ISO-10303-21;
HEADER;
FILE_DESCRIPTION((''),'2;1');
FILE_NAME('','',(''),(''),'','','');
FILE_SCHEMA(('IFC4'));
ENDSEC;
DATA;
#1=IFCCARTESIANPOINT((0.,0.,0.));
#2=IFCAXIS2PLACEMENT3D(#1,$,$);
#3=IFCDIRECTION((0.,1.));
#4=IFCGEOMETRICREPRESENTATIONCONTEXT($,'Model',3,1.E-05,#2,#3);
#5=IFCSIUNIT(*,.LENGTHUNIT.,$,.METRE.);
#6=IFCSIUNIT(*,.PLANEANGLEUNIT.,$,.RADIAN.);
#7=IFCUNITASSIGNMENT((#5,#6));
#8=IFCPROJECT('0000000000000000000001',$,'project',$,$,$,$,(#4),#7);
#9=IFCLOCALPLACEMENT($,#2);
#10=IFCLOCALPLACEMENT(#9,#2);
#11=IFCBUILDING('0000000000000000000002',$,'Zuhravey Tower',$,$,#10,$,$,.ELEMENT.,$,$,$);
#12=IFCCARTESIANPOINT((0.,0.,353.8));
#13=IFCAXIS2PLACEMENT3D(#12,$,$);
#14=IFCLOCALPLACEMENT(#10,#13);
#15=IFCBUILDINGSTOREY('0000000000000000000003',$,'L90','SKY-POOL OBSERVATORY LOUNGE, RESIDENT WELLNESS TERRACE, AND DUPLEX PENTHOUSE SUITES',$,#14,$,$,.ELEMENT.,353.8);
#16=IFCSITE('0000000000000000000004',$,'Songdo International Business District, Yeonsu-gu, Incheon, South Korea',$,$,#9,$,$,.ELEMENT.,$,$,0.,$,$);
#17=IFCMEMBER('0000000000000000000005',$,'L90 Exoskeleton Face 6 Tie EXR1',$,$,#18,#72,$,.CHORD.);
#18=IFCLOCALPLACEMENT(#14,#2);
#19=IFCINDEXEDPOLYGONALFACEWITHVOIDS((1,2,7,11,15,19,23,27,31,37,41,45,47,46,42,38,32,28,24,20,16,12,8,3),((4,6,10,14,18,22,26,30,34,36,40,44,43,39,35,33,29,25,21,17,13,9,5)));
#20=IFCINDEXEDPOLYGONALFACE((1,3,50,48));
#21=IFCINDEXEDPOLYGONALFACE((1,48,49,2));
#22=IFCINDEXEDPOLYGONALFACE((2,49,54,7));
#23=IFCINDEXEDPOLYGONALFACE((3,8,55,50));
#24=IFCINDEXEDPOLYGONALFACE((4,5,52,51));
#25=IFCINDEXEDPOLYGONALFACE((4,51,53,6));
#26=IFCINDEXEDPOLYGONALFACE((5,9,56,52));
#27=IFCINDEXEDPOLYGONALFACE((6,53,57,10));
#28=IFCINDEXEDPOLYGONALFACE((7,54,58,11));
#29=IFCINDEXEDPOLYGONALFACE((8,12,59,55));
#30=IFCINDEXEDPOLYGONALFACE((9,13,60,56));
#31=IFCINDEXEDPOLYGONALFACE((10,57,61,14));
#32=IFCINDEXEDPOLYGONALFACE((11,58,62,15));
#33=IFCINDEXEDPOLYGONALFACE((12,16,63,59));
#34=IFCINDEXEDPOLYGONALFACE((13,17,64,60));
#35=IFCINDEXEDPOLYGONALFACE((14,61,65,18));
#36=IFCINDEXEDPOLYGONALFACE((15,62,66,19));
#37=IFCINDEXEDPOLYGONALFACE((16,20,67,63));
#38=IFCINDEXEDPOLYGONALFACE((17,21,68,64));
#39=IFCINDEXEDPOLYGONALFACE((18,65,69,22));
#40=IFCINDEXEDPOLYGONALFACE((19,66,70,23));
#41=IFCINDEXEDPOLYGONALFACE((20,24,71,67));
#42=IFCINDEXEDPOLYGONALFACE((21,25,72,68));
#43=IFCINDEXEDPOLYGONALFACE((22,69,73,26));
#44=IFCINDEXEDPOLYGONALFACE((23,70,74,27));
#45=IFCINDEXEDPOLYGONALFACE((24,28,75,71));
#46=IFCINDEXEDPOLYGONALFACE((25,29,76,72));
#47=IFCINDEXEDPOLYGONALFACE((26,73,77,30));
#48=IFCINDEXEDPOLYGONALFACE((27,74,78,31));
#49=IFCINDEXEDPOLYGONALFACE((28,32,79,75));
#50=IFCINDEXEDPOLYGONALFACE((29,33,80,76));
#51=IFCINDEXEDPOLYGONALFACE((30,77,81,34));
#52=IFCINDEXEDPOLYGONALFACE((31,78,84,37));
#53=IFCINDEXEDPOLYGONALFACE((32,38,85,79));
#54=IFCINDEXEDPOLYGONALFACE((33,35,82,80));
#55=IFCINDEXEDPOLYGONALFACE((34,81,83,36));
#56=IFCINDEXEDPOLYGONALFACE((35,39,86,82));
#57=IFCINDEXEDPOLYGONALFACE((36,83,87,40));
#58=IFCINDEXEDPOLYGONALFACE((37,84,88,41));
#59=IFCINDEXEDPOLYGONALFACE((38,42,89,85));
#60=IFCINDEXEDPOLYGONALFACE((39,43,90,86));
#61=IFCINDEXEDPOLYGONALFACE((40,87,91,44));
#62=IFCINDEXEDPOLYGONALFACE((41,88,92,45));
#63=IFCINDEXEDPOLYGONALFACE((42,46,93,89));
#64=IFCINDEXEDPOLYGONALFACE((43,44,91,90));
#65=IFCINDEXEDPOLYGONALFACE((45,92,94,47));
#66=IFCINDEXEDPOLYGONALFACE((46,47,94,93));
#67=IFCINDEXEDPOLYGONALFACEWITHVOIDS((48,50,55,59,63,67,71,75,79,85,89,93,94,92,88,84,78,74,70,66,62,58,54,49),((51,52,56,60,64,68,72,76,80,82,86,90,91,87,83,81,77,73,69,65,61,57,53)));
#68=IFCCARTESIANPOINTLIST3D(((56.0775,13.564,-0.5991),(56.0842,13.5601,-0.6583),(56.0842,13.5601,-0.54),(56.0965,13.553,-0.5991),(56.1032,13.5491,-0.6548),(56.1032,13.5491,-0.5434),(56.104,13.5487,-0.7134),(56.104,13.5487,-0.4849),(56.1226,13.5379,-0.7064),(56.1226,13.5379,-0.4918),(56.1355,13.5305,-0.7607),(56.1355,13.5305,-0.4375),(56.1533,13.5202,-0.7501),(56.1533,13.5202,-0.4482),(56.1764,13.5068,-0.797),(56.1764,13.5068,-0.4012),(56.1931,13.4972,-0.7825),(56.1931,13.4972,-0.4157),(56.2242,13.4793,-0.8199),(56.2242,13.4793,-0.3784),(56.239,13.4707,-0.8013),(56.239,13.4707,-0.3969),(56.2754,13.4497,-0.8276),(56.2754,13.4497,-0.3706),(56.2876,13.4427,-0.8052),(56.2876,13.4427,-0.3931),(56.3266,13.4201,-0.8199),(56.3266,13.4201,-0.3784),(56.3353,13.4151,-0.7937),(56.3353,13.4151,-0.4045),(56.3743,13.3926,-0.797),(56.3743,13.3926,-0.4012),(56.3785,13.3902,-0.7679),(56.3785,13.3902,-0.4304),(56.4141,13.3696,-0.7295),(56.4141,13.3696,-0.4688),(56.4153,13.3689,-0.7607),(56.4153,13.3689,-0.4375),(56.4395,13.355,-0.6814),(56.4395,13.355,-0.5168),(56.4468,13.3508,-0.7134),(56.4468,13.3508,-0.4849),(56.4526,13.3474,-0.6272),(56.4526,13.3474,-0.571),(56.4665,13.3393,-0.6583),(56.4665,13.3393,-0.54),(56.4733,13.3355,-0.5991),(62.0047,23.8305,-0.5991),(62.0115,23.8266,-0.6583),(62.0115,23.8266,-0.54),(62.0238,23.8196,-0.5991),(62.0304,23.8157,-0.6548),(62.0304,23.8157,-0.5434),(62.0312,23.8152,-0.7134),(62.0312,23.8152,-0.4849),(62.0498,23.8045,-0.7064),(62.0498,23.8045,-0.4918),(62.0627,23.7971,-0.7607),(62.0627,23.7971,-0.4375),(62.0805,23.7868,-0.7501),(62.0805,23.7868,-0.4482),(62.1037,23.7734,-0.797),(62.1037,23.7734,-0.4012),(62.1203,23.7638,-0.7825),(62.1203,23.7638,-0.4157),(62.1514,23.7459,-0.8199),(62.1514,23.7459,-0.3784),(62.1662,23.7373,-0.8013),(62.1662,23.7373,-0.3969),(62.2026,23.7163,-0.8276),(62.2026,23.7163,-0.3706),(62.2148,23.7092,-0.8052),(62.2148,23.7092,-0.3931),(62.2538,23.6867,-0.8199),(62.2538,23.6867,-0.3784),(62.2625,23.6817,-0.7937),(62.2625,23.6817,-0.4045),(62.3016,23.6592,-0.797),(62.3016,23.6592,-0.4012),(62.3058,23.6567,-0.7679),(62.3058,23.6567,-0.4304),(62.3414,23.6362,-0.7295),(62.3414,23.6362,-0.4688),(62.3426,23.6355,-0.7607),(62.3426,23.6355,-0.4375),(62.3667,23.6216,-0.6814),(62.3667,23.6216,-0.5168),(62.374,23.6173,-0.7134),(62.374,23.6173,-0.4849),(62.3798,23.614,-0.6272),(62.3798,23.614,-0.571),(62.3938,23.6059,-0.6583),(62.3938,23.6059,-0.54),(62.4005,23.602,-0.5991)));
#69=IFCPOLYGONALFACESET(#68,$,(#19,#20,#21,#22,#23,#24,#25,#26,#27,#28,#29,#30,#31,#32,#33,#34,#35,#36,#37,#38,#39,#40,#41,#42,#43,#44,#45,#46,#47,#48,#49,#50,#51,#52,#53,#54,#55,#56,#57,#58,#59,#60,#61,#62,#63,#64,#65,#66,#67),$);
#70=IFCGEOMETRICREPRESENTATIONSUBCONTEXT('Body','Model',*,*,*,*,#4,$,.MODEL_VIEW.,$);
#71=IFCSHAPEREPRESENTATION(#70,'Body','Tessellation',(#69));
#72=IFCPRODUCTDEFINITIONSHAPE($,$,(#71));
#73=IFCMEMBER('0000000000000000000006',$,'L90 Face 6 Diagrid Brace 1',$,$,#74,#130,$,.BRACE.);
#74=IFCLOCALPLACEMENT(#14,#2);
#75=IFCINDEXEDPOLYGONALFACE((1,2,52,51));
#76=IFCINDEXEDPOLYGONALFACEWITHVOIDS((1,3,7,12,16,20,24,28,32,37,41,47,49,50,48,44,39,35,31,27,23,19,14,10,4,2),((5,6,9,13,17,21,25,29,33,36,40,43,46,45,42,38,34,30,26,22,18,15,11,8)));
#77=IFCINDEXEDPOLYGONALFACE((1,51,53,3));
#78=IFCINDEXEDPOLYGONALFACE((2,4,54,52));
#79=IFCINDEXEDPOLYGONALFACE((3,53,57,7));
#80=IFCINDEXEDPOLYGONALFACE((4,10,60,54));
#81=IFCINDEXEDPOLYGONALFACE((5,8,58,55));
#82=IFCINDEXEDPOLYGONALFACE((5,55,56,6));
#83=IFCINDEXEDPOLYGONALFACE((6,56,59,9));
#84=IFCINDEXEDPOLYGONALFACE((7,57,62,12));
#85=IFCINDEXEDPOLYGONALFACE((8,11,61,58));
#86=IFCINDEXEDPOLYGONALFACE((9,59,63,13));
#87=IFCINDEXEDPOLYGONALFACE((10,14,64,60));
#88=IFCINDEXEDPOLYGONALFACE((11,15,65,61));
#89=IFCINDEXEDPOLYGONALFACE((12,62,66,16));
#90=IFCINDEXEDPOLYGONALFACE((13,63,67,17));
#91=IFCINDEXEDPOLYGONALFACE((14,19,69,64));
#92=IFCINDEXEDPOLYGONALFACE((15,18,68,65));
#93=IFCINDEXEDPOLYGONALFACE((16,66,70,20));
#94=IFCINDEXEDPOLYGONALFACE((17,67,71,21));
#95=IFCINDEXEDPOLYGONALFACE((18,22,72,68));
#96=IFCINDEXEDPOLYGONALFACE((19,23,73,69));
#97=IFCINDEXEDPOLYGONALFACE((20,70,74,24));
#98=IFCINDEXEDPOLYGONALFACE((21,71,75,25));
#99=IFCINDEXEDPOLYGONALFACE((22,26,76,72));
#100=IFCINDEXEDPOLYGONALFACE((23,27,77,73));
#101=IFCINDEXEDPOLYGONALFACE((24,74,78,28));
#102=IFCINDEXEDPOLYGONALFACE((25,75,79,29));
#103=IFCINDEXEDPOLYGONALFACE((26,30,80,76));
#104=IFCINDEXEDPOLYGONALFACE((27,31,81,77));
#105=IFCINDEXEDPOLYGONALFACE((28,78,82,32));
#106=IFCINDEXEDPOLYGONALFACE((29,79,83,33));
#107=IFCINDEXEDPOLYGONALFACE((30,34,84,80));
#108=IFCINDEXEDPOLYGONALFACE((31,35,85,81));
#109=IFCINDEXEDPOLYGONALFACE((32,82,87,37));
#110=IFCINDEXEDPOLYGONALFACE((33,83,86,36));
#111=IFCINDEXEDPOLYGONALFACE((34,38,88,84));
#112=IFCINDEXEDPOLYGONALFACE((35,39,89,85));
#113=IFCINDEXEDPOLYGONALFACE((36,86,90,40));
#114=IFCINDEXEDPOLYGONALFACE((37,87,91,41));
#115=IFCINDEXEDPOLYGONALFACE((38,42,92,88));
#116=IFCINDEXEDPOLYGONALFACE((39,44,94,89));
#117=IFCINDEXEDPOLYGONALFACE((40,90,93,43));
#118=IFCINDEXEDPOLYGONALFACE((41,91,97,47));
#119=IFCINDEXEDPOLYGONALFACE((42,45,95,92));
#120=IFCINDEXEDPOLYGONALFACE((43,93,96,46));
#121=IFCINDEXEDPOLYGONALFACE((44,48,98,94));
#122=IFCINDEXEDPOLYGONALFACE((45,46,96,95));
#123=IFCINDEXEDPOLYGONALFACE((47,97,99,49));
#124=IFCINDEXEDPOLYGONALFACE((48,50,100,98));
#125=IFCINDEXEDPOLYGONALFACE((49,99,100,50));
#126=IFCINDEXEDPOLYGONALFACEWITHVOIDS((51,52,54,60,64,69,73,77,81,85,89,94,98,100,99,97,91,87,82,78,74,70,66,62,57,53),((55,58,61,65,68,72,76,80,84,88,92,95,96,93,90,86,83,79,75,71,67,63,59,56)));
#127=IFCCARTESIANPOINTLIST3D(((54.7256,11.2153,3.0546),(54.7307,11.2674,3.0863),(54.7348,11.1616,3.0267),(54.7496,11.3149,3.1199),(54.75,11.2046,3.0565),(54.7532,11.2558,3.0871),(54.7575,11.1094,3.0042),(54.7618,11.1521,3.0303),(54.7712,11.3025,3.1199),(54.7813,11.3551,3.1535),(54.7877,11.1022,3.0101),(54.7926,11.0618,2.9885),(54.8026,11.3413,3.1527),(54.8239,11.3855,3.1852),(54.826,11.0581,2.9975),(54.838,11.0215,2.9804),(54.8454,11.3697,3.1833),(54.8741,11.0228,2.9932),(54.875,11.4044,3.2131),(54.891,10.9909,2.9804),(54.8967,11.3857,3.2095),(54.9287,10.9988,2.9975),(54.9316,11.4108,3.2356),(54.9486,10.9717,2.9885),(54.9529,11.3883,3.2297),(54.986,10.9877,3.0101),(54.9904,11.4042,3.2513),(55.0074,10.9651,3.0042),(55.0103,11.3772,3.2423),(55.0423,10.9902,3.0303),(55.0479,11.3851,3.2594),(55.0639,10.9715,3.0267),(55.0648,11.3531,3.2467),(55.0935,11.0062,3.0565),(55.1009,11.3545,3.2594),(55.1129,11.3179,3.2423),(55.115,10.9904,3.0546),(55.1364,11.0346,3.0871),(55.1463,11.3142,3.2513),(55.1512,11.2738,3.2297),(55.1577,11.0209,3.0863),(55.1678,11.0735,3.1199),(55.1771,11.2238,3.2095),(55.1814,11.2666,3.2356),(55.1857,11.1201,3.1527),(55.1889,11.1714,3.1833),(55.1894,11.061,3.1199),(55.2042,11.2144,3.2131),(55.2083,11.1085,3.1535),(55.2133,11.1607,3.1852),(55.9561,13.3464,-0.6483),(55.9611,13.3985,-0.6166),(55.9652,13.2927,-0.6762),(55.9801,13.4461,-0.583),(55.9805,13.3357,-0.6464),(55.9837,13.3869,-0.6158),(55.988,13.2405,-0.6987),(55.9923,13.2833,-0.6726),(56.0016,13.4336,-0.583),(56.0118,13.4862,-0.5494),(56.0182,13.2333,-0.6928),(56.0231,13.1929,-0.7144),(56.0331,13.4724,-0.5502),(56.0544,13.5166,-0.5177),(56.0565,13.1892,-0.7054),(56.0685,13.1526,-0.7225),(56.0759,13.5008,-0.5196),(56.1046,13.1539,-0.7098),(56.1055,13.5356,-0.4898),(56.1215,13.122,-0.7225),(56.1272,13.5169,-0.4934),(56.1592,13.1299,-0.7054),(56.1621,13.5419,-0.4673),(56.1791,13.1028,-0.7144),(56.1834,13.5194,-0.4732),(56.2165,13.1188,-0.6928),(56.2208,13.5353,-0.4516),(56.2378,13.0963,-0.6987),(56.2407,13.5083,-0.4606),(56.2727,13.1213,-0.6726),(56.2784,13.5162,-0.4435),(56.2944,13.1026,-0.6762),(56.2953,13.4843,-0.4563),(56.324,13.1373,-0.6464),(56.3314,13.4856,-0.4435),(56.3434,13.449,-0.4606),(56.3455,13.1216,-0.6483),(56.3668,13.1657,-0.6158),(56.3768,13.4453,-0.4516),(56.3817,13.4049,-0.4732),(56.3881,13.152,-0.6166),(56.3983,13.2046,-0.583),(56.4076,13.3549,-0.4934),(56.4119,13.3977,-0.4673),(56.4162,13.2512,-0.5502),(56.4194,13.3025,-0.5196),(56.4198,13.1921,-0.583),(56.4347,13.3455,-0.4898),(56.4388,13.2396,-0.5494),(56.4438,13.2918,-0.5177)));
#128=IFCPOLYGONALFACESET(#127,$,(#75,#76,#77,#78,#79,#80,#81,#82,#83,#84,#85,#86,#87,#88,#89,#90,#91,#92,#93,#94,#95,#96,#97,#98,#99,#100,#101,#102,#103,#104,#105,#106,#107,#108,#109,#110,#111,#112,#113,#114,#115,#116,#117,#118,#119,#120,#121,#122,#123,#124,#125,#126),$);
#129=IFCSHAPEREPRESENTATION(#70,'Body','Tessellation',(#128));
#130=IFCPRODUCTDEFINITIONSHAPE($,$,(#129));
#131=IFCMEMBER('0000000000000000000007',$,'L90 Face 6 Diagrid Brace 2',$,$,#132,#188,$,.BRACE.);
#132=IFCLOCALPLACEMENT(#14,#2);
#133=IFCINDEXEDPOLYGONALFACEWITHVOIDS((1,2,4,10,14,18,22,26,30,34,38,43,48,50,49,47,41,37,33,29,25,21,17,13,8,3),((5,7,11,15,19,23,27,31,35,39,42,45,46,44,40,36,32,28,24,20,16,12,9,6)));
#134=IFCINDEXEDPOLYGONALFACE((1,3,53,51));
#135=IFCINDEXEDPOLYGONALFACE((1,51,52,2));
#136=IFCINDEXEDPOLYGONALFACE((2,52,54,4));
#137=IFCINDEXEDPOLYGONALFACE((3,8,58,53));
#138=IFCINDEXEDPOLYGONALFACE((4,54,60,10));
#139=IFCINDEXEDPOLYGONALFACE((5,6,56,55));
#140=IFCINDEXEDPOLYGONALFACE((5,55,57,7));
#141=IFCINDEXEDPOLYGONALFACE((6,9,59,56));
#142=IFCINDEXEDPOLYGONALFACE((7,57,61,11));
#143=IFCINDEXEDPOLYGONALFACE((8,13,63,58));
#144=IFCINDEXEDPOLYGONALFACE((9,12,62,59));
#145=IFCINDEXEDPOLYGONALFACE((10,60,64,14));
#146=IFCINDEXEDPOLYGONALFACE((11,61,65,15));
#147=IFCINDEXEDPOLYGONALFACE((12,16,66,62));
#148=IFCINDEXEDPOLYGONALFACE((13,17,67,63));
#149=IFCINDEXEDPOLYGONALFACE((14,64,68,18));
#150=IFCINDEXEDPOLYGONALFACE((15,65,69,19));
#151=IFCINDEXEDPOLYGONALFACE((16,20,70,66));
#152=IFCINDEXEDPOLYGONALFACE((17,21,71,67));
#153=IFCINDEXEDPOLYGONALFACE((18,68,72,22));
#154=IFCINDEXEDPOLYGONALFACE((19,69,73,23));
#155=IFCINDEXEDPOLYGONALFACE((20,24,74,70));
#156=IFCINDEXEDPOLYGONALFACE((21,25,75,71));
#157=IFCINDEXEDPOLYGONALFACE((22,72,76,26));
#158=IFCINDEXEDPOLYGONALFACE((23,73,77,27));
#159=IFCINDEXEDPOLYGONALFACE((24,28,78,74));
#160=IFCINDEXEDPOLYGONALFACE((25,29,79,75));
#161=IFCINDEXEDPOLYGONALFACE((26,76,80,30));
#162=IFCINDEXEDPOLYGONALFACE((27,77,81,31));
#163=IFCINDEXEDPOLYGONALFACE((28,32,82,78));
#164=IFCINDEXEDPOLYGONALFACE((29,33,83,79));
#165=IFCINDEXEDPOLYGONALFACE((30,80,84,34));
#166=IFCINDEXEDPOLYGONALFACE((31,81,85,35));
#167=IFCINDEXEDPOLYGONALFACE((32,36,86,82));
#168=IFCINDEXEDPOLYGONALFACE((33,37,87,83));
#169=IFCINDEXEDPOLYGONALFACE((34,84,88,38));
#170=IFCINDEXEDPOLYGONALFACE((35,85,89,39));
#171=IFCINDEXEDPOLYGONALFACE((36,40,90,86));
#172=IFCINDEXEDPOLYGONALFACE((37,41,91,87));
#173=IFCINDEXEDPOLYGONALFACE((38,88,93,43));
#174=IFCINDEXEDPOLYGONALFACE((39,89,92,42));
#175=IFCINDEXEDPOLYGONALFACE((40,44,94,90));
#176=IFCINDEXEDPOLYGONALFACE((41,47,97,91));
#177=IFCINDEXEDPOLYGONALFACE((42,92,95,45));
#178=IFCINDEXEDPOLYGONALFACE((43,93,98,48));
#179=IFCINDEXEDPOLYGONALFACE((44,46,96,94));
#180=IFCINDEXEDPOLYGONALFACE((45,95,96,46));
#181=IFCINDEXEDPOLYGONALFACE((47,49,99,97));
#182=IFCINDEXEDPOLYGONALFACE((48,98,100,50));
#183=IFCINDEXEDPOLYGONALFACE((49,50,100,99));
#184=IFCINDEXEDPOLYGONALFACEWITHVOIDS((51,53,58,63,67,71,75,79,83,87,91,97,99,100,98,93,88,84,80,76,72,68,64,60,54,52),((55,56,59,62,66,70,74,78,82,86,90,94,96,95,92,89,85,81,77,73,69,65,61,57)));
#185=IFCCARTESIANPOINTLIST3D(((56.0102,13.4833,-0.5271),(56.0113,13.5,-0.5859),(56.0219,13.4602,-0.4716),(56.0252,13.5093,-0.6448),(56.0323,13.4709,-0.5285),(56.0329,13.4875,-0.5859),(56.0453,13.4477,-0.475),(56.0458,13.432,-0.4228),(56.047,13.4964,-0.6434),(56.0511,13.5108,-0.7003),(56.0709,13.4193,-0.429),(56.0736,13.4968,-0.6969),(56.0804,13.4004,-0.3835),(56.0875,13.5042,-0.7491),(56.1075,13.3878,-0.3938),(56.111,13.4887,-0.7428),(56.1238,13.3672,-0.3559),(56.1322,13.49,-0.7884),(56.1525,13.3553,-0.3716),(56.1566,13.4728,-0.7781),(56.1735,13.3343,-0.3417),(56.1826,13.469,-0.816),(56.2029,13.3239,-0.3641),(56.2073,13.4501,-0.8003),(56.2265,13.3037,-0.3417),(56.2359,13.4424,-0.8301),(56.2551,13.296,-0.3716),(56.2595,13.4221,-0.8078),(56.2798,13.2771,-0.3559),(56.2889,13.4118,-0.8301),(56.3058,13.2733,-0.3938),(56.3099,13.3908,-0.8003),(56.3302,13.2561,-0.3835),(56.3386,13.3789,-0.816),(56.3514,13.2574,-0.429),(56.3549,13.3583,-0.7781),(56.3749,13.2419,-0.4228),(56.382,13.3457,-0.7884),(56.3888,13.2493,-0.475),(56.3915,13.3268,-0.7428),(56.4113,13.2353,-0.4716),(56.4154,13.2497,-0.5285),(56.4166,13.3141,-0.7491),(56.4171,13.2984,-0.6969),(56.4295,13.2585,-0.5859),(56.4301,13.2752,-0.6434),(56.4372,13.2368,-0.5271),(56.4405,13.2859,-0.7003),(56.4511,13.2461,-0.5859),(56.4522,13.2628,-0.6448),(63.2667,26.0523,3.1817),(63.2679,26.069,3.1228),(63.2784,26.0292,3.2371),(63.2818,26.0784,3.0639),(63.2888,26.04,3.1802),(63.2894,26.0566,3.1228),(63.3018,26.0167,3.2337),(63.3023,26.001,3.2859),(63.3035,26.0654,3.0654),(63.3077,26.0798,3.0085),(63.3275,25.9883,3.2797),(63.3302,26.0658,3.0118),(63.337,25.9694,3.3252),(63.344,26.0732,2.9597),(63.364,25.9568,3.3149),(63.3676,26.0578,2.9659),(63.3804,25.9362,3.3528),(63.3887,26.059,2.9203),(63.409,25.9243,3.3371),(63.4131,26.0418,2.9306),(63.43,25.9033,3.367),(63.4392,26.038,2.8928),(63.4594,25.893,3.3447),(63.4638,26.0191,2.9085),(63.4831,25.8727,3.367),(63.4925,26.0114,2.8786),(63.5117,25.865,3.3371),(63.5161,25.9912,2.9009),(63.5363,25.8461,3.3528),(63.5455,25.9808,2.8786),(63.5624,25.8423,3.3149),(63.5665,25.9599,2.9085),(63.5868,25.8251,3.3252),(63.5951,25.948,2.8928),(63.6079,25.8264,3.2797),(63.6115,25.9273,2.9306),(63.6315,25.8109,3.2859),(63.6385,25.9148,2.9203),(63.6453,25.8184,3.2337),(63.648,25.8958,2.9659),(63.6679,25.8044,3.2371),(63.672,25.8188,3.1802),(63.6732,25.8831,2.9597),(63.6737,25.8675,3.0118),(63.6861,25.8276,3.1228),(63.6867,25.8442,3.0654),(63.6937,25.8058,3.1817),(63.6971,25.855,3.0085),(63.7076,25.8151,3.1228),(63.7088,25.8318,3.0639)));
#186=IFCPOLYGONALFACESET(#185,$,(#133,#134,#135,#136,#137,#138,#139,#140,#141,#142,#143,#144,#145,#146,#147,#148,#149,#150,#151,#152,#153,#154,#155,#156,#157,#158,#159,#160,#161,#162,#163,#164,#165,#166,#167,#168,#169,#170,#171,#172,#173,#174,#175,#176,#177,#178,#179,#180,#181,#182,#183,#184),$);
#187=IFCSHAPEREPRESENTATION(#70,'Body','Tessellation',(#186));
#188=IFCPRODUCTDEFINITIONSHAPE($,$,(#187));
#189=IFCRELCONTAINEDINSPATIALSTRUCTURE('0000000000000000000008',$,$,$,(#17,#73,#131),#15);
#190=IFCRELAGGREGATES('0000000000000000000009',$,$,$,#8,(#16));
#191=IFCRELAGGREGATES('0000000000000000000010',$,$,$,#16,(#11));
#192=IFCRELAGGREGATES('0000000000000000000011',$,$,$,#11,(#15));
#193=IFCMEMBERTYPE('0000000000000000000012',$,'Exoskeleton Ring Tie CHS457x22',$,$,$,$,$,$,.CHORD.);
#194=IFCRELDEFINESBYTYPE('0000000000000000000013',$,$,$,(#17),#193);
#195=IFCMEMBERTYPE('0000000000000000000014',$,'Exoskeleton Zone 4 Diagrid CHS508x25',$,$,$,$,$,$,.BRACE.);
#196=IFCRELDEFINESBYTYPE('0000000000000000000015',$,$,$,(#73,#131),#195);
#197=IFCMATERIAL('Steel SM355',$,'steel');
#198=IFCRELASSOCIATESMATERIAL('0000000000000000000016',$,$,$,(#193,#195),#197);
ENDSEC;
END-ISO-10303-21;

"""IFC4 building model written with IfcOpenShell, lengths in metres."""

from ifc_helpers import new_model, si_unit, direction, frame, origin, origin_2d, place, context, subcontext, project, spatial, hollow_circle, extrude, material, material_profile, profile_set, type_object, element, save


model = new_model("IFC4")

# Units and contexts
model_context = context("Model", 3, precision=1e-05, world=origin(), true_north=direction((0.0, 1.0)))
body_context = subcontext(model_context, "Body", "Model", "MODEL_VIEW")
ifc_project = project(units=[si_unit("LENGTHUNIT", "METRE"), si_unit("PLANEANGLEUNIT", "RADIAN")], contexts=[model_context])

# Site, building, storey
site_placement = place(None, origin())
site = spatial("IfcSite", under=ifc_project, at=site_placement, Name="Songdo International Business District, Yeonsu-gu, Incheon, South Korea", CompositionType="ELEMENT", RefElevation=0.0)
building_placement = place(site_placement, origin())
building = spatial("IfcBuilding", under=site, at=building_placement, Name="Zuhravey Tower", CompositionType="ELEMENT")
storey_placement = place(building_placement, frame((0.0, 0.0, 353.8)))
storey = spatial("IfcBuildingStorey", under=building, at=storey_placement, Name="L90", Description="SKY-POOL OBSERVATORY LOUNGE, RESIDENT WELLNESS TERRACE, AND DUPLEX PENTHOUSE SUITES", CompositionType="ELEMENT", Elevation=353.8)

# Members
ifc_material_1 = material(Name="Steel SM355", Category="steel")
ifc_material_profile_1 = material_profile(ifc_material_1, hollow_circle(Radius=0.2285, WallThickness=0.022, at=origin_2d()), Name="CHS-457.2x22")
ifc_profile_set_1 = profile_set([ifc_material_profile_1], Name="Steel SM355")
member_type_1 = type_object("IfcMemberType", Name="Exoskeleton Ring Tie CHS457x22", PredefinedType="CHORD", material=ifc_profile_set_1)
member_1_placement = place(storey_placement, frame((56.2754, 13.4497, -0.5991), z_axis=(0.499989, 0.866032, 0.0), x_axis=(-0.866032, 0.499989, 0.0)))
element("IfcMember", 1, at=member_1_placement, inside=storey, type_object=member_type_1, Name="L90 Exoskeleton Face 6 Tie EXR1", PredefinedType="CHORD", context=body_context, shape_type="SweptSolid", body=[
    extrude(hollow_circle(Radius=0.2285, WallThickness=0.022, at=origin_2d()), origin(), (0.0, 0.0, 1.0), 11.8547),
])
ifc_material_profile_2 = material_profile(ifc_material_1, hollow_circle(Radius=0.2539, WallThickness=0.0249, at=origin_2d()), Name="CHS-508.0x25")
ifc_profile_set_2 = profile_set([ifc_material_profile_2], Name="Steel SM355")
member_type_2 = type_object("IfcMemberType", Name="Exoskeleton Zone 4 Diagrid CHS508x25", PredefinedType="BRACE", material=ifc_profile_set_2)
member_2_placement = place(storey_placement, frame((56.2, 13.3191, -0.583), z_axis=(-0.276758, -0.47933, 0.832855), x_axis=(0.866012, -0.500023, 0.0)))
element("IfcMember", 2, at=member_2_placement, inside=storey, type_object=member_type_2, Name="L90 Face 6 Diagrid Brace 1", PredefinedType="BRACE", context=body_context, shape_type="SweptSolid", body=[
    extrude(hollow_circle(Radius=0.2539, WallThickness=0.0249, at=origin_2d()), origin(), (0.0, 0.0, 1.0), 4.446),
])
member_3_placement = place(storey_placement, frame((56.2312, 13.373, -0.5859), z_axis=(0.484425, 0.839068, 0.247582), x_axis=(-0.866031, 0.499991, 0.0)))
element("IfcMember", 3, at=member_3_placement, inside=storey, type_object=member_type_2, Name="L90 Face 6 Diagrid Brace 2", PredefinedType="BRACE", context=body_context, shape_type="SweptSolid", body=[
    extrude(hollow_circle(Radius=0.2539, WallThickness=0.0249, at=origin_2d()), origin(), (0.0, 0.0, 1.0), 14.9797),
])

save(model, "model.ifc")
